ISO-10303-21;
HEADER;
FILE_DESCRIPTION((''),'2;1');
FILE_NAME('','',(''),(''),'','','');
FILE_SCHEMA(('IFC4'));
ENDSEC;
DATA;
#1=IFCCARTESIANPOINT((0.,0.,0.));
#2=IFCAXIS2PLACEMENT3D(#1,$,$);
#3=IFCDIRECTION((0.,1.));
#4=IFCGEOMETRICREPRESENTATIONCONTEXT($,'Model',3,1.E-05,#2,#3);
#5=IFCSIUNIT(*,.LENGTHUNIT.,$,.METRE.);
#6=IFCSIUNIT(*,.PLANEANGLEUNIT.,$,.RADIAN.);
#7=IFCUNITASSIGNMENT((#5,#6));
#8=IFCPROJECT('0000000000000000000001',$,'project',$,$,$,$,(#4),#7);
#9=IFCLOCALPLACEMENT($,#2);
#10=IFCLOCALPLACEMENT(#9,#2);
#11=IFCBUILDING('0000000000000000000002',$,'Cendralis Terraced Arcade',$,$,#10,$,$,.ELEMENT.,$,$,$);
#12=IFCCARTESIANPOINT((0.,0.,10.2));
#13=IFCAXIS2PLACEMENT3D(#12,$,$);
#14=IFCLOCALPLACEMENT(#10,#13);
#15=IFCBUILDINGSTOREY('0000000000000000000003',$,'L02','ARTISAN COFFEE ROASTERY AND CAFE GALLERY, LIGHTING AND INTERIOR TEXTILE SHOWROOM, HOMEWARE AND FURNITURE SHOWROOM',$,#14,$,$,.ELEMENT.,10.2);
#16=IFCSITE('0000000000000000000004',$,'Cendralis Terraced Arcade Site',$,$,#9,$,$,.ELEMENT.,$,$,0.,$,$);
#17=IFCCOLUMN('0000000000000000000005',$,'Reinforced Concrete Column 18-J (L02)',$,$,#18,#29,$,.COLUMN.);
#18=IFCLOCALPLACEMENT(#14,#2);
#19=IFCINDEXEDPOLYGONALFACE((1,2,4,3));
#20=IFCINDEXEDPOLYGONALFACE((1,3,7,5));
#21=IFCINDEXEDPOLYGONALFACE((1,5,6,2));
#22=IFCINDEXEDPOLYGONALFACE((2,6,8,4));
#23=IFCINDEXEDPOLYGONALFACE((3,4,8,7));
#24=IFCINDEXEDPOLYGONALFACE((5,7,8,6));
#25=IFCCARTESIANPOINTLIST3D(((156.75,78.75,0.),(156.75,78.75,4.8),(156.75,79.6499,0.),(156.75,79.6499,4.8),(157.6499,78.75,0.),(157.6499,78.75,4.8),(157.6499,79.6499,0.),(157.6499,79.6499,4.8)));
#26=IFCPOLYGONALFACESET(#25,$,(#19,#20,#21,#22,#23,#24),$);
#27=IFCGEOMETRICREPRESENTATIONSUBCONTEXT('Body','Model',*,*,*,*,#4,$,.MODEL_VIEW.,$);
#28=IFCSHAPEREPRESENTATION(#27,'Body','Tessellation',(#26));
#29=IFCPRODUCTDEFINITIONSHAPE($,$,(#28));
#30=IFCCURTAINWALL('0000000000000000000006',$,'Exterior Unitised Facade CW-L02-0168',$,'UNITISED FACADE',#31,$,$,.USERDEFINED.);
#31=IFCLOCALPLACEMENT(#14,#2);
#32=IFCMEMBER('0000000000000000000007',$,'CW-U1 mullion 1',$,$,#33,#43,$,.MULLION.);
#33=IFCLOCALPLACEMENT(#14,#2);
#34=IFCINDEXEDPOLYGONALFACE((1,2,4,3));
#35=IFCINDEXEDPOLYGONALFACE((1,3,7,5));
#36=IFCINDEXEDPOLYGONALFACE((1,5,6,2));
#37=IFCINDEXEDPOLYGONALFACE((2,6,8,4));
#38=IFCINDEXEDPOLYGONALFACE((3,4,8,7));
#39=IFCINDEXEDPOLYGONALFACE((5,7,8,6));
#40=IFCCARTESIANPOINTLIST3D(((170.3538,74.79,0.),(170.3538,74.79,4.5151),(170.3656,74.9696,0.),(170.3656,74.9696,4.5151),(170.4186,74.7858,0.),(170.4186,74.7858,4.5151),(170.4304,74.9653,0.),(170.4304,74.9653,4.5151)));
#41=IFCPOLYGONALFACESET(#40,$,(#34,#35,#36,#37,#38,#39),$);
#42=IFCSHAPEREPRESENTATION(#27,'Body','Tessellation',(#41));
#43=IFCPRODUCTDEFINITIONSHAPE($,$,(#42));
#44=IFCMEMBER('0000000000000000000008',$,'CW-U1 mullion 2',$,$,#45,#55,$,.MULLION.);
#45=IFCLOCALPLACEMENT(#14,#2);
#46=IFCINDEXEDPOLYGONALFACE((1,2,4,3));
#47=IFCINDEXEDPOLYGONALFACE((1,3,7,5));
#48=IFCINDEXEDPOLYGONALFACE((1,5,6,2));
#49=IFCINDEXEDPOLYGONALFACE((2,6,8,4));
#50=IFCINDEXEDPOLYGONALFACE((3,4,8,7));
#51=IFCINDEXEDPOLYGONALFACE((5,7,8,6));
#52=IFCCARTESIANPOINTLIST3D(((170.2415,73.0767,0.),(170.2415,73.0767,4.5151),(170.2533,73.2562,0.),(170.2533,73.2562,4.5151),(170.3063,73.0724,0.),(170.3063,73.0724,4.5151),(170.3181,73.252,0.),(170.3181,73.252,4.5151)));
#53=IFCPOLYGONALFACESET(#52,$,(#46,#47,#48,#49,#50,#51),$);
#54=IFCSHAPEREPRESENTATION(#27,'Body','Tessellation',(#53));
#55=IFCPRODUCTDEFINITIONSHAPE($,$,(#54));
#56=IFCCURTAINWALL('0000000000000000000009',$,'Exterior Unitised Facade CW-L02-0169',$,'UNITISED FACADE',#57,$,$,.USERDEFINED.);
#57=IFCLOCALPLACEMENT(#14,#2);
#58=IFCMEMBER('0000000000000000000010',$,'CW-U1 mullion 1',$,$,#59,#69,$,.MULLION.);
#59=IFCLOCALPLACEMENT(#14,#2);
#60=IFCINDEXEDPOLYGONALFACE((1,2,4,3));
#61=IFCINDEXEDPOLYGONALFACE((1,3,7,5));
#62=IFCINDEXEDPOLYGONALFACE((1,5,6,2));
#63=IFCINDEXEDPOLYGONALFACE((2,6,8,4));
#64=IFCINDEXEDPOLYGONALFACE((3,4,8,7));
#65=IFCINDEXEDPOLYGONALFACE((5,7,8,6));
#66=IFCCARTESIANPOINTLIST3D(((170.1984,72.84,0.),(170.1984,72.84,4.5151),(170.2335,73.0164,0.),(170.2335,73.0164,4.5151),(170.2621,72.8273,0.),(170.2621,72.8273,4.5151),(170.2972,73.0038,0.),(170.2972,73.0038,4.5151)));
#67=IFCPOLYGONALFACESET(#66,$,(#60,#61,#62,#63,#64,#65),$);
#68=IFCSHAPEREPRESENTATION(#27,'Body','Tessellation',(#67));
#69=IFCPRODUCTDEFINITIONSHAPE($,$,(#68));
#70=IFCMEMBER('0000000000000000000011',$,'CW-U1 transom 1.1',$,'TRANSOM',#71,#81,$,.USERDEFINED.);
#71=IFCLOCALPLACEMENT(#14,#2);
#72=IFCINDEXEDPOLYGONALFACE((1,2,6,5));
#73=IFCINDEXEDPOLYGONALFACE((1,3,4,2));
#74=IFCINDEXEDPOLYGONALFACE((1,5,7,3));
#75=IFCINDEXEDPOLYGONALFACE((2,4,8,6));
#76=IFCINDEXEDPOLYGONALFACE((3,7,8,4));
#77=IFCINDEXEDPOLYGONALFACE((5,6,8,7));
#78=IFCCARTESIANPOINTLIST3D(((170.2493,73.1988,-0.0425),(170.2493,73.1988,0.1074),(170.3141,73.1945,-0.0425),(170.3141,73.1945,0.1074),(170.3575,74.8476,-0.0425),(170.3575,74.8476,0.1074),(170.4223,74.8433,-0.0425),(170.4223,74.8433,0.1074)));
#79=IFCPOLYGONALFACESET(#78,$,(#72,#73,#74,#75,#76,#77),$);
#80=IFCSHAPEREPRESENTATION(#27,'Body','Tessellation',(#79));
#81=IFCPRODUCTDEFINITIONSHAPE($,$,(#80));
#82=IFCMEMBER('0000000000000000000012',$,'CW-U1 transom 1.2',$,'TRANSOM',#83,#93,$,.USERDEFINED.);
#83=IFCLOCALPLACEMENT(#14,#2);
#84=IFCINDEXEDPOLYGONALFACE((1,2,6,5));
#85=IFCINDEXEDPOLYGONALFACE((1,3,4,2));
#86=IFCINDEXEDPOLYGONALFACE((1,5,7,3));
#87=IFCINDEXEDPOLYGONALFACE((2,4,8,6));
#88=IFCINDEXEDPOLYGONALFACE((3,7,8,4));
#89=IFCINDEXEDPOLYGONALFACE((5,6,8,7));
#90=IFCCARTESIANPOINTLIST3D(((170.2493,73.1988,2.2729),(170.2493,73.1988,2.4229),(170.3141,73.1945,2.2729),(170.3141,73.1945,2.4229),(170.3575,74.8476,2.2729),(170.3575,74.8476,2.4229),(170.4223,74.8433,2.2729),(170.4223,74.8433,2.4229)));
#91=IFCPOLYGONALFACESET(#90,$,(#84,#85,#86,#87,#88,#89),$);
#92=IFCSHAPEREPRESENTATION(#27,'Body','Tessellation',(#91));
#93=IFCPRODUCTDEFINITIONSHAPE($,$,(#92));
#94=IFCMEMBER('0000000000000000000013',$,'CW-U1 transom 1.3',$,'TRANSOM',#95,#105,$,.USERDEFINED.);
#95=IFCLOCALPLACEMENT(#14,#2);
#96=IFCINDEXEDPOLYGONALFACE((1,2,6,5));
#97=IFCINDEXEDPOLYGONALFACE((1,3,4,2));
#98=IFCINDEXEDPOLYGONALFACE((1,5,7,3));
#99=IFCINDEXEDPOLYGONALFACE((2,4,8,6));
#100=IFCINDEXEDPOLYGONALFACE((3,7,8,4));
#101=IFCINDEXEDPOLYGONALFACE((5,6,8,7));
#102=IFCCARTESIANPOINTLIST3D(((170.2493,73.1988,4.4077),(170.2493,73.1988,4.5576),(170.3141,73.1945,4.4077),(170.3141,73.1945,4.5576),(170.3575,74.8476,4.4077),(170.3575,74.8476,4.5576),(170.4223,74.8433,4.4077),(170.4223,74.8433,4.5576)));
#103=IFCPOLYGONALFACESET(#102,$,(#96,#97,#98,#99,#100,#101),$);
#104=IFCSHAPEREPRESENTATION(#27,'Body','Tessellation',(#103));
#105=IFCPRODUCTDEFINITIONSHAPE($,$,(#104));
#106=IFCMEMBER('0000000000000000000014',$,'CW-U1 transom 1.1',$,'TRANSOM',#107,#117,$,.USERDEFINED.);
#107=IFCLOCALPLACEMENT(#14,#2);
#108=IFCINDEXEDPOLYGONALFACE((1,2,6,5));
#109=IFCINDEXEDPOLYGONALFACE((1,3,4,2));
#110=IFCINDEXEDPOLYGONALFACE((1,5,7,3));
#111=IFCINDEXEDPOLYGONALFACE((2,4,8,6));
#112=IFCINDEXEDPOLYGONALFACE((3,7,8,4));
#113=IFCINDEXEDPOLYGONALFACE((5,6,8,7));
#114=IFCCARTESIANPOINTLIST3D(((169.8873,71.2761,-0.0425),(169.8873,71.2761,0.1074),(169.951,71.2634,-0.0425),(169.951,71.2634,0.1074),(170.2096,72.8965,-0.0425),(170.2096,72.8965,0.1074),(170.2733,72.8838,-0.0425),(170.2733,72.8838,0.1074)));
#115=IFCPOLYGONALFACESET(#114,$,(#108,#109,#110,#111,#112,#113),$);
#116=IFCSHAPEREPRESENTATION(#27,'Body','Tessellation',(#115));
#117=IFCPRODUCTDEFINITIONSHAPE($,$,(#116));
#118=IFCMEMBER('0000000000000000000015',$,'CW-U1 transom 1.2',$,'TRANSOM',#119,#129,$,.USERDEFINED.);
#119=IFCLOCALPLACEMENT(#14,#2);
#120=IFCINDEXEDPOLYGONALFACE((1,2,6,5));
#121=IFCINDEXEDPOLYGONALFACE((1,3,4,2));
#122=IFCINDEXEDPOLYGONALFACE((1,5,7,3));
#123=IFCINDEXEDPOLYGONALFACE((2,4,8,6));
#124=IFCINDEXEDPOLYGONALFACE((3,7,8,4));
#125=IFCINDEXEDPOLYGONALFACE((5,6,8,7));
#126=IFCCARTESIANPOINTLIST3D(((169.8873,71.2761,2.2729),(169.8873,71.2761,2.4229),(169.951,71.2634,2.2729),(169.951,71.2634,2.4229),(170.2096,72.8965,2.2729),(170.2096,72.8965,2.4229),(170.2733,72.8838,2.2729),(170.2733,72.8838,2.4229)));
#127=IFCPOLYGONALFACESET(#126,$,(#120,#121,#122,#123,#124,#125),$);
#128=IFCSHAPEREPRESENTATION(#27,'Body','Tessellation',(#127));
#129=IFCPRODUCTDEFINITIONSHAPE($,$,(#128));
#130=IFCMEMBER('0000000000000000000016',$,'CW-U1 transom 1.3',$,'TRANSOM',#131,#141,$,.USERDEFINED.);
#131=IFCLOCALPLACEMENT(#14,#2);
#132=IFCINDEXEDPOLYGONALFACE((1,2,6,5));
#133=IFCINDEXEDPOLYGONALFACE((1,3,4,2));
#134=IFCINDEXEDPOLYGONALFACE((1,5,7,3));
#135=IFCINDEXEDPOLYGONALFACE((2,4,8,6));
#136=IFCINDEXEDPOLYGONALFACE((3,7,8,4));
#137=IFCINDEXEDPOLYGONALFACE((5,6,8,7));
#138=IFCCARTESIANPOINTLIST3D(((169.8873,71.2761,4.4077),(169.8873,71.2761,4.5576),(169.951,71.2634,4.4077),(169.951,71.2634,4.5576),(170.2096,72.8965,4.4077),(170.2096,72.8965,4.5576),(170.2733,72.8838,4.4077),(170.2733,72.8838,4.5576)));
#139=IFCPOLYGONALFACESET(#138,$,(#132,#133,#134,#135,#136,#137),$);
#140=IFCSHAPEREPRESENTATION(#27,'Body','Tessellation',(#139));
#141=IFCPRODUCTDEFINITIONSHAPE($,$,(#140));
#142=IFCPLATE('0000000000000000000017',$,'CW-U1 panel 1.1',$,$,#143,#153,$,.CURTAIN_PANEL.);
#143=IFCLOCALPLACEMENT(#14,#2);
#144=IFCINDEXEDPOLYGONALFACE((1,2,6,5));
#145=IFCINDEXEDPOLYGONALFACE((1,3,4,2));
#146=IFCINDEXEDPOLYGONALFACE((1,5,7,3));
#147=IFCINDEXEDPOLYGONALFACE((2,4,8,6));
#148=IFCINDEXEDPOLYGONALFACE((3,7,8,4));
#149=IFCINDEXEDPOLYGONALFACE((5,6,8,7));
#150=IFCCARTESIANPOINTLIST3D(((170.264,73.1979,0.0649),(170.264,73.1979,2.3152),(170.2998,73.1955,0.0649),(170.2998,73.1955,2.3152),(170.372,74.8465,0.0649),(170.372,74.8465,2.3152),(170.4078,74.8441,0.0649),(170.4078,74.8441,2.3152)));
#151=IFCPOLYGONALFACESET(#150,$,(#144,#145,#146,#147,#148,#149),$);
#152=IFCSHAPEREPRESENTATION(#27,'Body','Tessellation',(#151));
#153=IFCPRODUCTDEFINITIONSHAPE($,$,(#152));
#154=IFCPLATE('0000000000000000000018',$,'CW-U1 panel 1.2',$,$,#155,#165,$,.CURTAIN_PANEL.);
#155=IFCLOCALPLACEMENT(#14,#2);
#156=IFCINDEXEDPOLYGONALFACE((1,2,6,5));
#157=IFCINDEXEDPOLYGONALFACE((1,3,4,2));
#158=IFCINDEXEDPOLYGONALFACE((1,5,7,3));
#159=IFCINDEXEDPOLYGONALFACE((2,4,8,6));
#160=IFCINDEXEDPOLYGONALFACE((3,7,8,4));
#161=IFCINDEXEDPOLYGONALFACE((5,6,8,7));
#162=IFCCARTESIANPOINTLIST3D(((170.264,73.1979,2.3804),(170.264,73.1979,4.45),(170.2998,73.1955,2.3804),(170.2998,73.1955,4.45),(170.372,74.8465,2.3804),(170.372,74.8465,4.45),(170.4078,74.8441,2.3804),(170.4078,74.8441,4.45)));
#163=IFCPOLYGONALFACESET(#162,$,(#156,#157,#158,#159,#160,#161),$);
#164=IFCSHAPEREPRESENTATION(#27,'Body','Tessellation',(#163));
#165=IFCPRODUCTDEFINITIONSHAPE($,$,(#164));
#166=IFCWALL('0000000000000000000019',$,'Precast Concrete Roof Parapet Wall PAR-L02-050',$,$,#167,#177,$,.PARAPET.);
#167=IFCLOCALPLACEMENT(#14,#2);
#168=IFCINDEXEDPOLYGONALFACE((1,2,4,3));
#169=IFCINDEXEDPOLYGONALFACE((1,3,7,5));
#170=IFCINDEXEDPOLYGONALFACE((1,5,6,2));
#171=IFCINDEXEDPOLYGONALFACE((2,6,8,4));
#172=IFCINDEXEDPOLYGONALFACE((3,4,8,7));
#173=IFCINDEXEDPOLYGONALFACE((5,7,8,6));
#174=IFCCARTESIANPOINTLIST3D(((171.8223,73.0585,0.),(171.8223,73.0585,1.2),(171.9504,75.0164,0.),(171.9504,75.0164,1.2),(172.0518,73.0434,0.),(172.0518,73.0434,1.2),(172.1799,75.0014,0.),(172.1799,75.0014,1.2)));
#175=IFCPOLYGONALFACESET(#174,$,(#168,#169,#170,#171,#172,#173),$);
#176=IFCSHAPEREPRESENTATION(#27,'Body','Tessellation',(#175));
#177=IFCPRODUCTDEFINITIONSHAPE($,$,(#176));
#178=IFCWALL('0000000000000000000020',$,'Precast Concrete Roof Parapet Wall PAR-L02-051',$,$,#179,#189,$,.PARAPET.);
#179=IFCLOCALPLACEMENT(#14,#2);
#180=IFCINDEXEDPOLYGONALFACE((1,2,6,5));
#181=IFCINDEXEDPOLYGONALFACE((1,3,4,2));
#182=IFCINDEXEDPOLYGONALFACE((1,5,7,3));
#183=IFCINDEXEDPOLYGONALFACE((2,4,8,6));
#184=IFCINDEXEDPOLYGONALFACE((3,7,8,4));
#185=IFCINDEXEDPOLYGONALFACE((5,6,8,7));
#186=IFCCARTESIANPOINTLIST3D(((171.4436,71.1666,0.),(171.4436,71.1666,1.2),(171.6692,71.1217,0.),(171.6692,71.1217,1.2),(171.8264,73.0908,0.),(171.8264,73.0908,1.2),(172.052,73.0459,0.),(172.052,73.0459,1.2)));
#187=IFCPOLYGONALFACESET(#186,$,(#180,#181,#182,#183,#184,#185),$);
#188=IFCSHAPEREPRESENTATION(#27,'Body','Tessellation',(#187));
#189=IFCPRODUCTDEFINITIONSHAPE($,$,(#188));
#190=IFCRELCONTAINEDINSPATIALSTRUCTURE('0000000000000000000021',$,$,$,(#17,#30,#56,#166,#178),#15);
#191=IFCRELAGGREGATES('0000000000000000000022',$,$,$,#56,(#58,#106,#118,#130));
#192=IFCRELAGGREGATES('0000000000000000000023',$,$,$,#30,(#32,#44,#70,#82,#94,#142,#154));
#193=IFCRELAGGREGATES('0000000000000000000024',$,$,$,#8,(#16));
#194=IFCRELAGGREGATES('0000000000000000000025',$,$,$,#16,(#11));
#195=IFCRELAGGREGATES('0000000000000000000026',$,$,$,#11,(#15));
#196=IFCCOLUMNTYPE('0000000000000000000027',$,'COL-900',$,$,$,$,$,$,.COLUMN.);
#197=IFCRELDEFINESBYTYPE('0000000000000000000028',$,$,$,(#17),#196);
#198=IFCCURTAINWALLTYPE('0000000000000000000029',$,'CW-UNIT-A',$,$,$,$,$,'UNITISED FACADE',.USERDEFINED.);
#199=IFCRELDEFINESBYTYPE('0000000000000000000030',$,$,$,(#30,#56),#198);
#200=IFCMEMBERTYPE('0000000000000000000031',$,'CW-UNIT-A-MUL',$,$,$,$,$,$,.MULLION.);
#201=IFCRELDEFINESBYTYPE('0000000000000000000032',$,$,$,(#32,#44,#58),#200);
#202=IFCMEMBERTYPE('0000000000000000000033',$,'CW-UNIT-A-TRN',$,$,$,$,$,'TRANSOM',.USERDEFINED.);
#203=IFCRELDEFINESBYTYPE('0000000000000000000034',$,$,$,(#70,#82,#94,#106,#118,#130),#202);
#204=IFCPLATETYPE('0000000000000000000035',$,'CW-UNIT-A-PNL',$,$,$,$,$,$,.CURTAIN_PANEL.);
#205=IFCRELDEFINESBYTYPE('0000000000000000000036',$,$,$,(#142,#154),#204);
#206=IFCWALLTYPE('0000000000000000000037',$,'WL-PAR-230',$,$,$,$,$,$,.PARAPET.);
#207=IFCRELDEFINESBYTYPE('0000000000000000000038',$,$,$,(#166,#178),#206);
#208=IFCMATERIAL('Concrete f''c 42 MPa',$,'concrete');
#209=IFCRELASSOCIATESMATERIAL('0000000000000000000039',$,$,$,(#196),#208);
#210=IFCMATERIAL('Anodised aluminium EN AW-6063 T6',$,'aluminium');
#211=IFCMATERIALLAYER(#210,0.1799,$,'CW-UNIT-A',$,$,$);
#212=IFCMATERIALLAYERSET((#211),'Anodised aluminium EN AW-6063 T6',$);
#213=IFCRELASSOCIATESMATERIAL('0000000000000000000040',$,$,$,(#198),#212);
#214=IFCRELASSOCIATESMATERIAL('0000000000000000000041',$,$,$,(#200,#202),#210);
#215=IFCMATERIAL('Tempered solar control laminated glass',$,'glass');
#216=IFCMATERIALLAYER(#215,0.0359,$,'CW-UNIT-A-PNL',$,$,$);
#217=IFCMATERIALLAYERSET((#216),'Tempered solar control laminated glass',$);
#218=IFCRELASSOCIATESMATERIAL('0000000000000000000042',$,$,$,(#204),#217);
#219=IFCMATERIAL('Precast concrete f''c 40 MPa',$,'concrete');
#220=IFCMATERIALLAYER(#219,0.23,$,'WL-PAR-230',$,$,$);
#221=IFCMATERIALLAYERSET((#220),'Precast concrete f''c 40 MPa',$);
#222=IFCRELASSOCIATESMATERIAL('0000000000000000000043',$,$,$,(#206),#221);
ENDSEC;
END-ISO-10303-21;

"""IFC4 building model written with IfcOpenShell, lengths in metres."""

from ifc_helpers import new_model, si_unit, direction, frame, frame_2d, origin, origin_2d, place, context, subcontext, project, spatial, rectangle, extrude, material, layer, layer_set, material_profile, profile_set, type_object, element, aggregate, save


model = new_model("IFC4")

# Units and contexts
model_context = context("Model", 3, precision=1e-05, world=origin(), true_north=direction((0.0, 1.0)))
body_context = subcontext(model_context, "Body", "Model", "MODEL_VIEW")
ifc_project = project(units=[si_unit("LENGTHUNIT", "METRE"), si_unit("PLANEANGLEUNIT", "RADIAN")], contexts=[model_context])

# Site, building, storey
site_placement = place(None, origin())
site = spatial("IfcSite", under=ifc_project, at=site_placement, Name="Cendralis Terraced Arcade Site", CompositionType="ELEMENT", RefElevation=0.0)
building_placement = place(site_placement, origin())
building = spatial("IfcBuilding", under=site, at=building_placement, Name="Cendralis Terraced Arcade", CompositionType="ELEMENT")
storey_placement = place(building_placement, frame((0.0, 0.0, 10.2)))
storey = spatial("IfcBuildingStorey", under=building, at=storey_placement, Name="L02", Description="ARTISAN COFFEE ROASTERY AND CAFE GALLERY, LIGHTING AND INTERIOR TEXTILE SHOWROOM, HOMEWARE AND FURNITURE SHOWROOM", CompositionType="ELEMENT", Elevation=10.2)

# Column
ifc_material_1 = material(Name="Concrete f'c 42 MPa", Category="concrete")
ifc_material_profile_1 = material_profile(ifc_material_1, rectangle(XDim=0.8999, YDim=0.8999, at=origin_2d()), Name="RC-COL-900x900", Category="LoadBearing")
ifc_profile_set_1 = profile_set([ifc_material_profile_1], Name="Concrete f'c 42 MPa")
column_type = type_object("IfcColumnType", Name="COL-900", PredefinedType="COLUMN", material=ifc_profile_set_1)
column_placement = place(storey_placement, frame((157.2, 79.2, 0.0), z_axis=(0.0, 0.0, 1.0), x_axis=(1.0, 0.0, 0.0)))
element("IfcColumn", 1, at=column_placement, inside=storey, type_object=column_type, Name="Reinforced Concrete Column 18-J (L02)", PredefinedType="COLUMN", context=body_context, shape_type="SweptSolid", body=[
    extrude(rectangle(XDim=0.8999, YDim=0.8999, at=origin_2d()), origin(), (0.0, 0.0, 1.0), 4.8),
])

# Curtain wall, members
ifc_material_2 = material(Name="Anodised aluminium EN AW-6063 T6", Category="aluminium")
ifc_layer_1 = layer(ifc_material_2, 0.1799, Name="CW-UNIT-A")
ifc_layer_set_1 = layer_set([ifc_layer_1], Name="Anodised aluminium EN AW-6063 T6")
curtain_wall_type = type_object("IfcCurtainWallType", Name="CW-UNIT-A", ElementType="UNITISED FACADE", PredefinedType="USERDEFINED", material=ifc_layer_set_1)
curtain_wall_1_placement = place(storey_placement, origin())
curtain_wall_1 = element("IfcCurtainWall", 2, at=curtain_wall_1_placement, inside=storey, type_object=curtain_wall_type, Name="Exterior Unitised Facade CW-L02-0168", ObjectType="UNITISED FACADE", PredefinedType="USERDEFINED")
ifc_material_profile_2 = material_profile(ifc_material_2, rectangle(XDim=0.0649, YDim=0.1799, at=origin_2d()), Name="ALU-MUL-65x180")
ifc_profile_set_2 = profile_set([ifc_material_profile_2], Name="Anodised aluminium EN AW-6063 T6")
member_type_1 = type_object("IfcMemberType", Name="CW-UNIT-A-MUL", PredefinedType="MULLION", material=ifc_profile_set_2)
member_1_placement = place(storey_placement, frame((170.3921, 74.8777, 0.0), z_axis=(0.0, 0.0, 1.0), x_axis=(0.997861, -0.065372, 0.0)))
member_1 = element("IfcMember", 3, at=member_1_placement, type_object=member_type_1, Name="CW-U1 mullion 1", PredefinedType="MULLION", context=body_context, shape_type="SweptSolid", body=[
    extrude(rectangle(XDim=0.0649, YDim=0.1799, at=origin_2d()), origin(), (0.0, 0.0, 1.0), 4.5151),
])
member_2_placement = place(storey_placement, frame((170.2798, 73.1643, 0.0), z_axis=(0.0, 0.0, 1.0), x_axis=(0.997861, -0.065372, 0.0)))
member_2 = element("IfcMember", 4, at=member_2_placement, type_object=member_type_1, Name="CW-U1 mullion 2", PredefinedType="MULLION", context=body_context, shape_type="SweptSolid", body=[
    extrude(rectangle(XDim=0.0649, YDim=0.1799, at=origin_2d()), origin(), (0.0, 0.0, 1.0), 4.5151),
])

# Curtain wall, member
curtain_wall_2_placement = place(storey_placement, origin())
curtain_wall_2 = element("IfcCurtainWall", 5, at=curtain_wall_2_placement, inside=storey, type_object=curtain_wall_type, Name="Exterior Unitised Facade CW-L02-0169", ObjectType="UNITISED FACADE", PredefinedType="USERDEFINED")
member_3_placement = place(storey_placement, frame((170.2478, 72.9219, 0.0), z_axis=(0.0, 0.0, 1.0), x_axis=(0.980792, -0.195058, 0.0)))
member_3 = element("IfcMember", 6, at=member_3_placement, type_object=member_type_1, Name="CW-U1 mullion 1", PredefinedType="MULLION", context=body_context, shape_type="SweptSolid", body=[
    extrude(rectangle(XDim=0.0649, YDim=0.1799, at=origin_2d()), origin(), (0.0, 0.0, 1.0), 4.5151),
])

# Members
ifc_material_profile_3 = material_profile(ifc_material_2, rectangle(XDim=0.0649, YDim=0.1499, at=origin_2d()), Name="ALU-TRN-65x150")
ifc_profile_set_3 = profile_set([ifc_material_profile_3], Name="Anodised aluminium EN AW-6063 T6")
member_type_2 = type_object("IfcMemberType", Name="CW-UNIT-A-TRN", ElementType="TRANSOM", PredefinedType="USERDEFINED", material=ifc_profile_set_3)
member_4_placement = place(storey_placement, frame((170.3899, 74.8455, 0.0325), z_axis=(-0.06546, -0.997855, 0.0), x_axis=(0.997855, -0.06546, 0.0)))
member_4 = element("IfcMember", 7, at=member_4_placement, type_object=member_type_2, Name="CW-U1 transom 1.1", ObjectType="TRANSOM", PredefinedType="USERDEFINED", context=body_context, shape_type="SweptSolid", body=[
    extrude(rectangle(XDim=0.0649, YDim=0.1499, at=origin_2d()), origin(), (0.0, 0.0, 1.0), 1.6523),
])
member_5_placement = place(storey_placement, frame((170.3899, 74.8455, 2.3479), z_axis=(-0.06546, -0.997855, 0.0), x_axis=(0.997855, -0.06546, 0.0)))
member_5 = element("IfcMember", 8, at=member_5_placement, type_object=member_type_2, Name="CW-U1 transom 1.2", ObjectType="TRANSOM", PredefinedType="USERDEFINED", context=body_context, shape_type="SweptSolid", body=[
    extrude(rectangle(XDim=0.0649, YDim=0.1499, at=origin_2d()), origin(), (0.0, 0.0, 1.0), 1.6523),
])
member_6_placement = place(storey_placement, frame((170.3899, 74.8455, 4.4827), z_axis=(-0.06546, -0.997855, 0.0), x_axis=(0.997855, -0.06546, 0.0)))
member_6 = element("IfcMember", 9, at=member_6_placement, type_object=member_type_2, Name="CW-U1 transom 1.3", ObjectType="TRANSOM", PredefinedType="USERDEFINED", context=body_context, shape_type="SweptSolid", body=[
    extrude(rectangle(XDim=0.0649, YDim=0.1499, at=origin_2d()), origin(), (0.0, 0.0, 1.0), 1.6523),
])
member_7_placement = place(storey_placement, frame((170.2415, 72.8901, 0.0325), z_axis=(-0.195065, -0.98079, 0.0), x_axis=(0.98079, -0.195065, 0.0)))
member_7 = element("IfcMember", 10, at=member_7_placement, type_object=member_type_2, Name="CW-U1 transom 1.1", ObjectType="TRANSOM", PredefinedType="USERDEFINED", context=body_context, shape_type="SweptSolid", body=[
    extrude(rectangle(XDim=0.0649, YDim=0.1499, at=origin_2d()), origin(), (0.0, 0.0, 1.0), 1.6521),
])
member_8_placement = place(storey_placement, frame((170.2415, 72.8901, 2.3479), z_axis=(-0.195065, -0.98079, 0.0), x_axis=(0.98079, -0.195065, 0.0)))
member_8 = element("IfcMember", 11, at=member_8_placement, type_object=member_type_2, Name="CW-U1 transom 1.2", ObjectType="TRANSOM", PredefinedType="USERDEFINED", context=body_context, shape_type="SweptSolid", body=[
    extrude(rectangle(XDim=0.0649, YDim=0.1499, at=origin_2d()), origin(), (0.0, 0.0, 1.0), 1.6521),
])
member_9_placement = place(storey_placement, frame((170.2415, 72.8901, 4.4827), z_axis=(-0.195065, -0.98079, 0.0), x_axis=(0.98079, -0.195065, 0.0)))
member_9 = element("IfcMember", 12, at=member_9_placement, type_object=member_type_2, Name="CW-U1 transom 1.3", ObjectType="TRANSOM", PredefinedType="USERDEFINED", context=body_context, shape_type="SweptSolid", body=[
    extrude(rectangle(XDim=0.0649, YDim=0.1499, at=origin_2d()), origin(), (0.0, 0.0, 1.0), 1.6521),
])
aggregate(curtain_wall_2, [member_3, member_7, member_8, member_9])

# Plates
ifc_material_3 = material(Name="Tempered solar control laminated glass", Category="glass")
ifc_layer_2 = layer(ifc_material_3, 0.0359, Name="CW-UNIT-A-PNL")
ifc_layer_set_2 = layer_set([ifc_layer_2], Name="Tempered solar control laminated glass")
plate_type = type_object("IfcPlateType", Name="CW-UNIT-A-PNL", PredefinedType="CURTAIN_PANEL", material=ifc_layer_set_2)
plate_1_placement = place(storey_placement, frame((170.3359, 74.021, 0.0649), z_axis=(0.0, 0.0, 1.0), x_axis=(-0.065372, -0.997861, 0.0)))
plate_1 = element("IfcPlate", 13, at=plate_1_placement, type_object=plate_type, Name="CW-U1 panel 1.1", PredefinedType="CURTAIN_PANEL", context=body_context, shape_type="SweptSolid", body=[
    extrude(rectangle(XDim=1.6521, YDim=0.0359, at=origin_2d()), origin(), (0.0, 0.0, 1.0), 2.2502),
])
plate_2_placement = place(storey_placement, frame((170.3359, 74.021, 2.3804), z_axis=(0.0, 0.0, 1.0), x_axis=(-0.065372, -0.997861, 0.0)))
plate_2 = element("IfcPlate", 14, at=plate_2_placement, type_object=plate_type, Name="CW-U1 panel 1.2", PredefinedType="CURTAIN_PANEL", context=body_context, shape_type="SweptSolid", body=[
    extrude(rectangle(XDim=1.6521, YDim=0.0359, at=origin_2d()), origin(), (0.0, 0.0, 1.0), 2.0696),
])
aggregate(curtain_wall_1, [member_1, member_2, member_4, member_5, member_6, plate_1, plate_2])

# Walls
ifc_material_4 = material(Name="Precast concrete f'c 40 MPa", Category="concrete")
ifc_layer_3 = layer(ifc_material_4, 0.23, Name="WL-PAR-230")
ifc_layer_set_3 = layer_set([ifc_layer_3], Name="Precast concrete f'c 40 MPa")
wall_type = type_object("IfcWallType", Name="WL-PAR-230", PredefinedType="PARAPET", material=ifc_layer_set_3)
wall_1_placement = place(storey_placement, frame((172.0652, 75.0088, 0.0), z_axis=(0.0, 0.0, 1.0), x_axis=(-0.065322, -0.997864, 0.0)))
element("IfcWall", 15, at=wall_1_placement, inside=storey, type_object=wall_type, Name="Precast Concrete Roof Parapet Wall PAR-L02-050", PredefinedType="PARAPET", context=body_context, shape_type="SweptSolid", body=[
    extrude(rectangle(XDim=1.9622, YDim=0.23, at=frame_2d((0.981, 0.0))), origin(), (0.0, 0.0, 1.0), 1.2),
])
wall_2_placement = place(storey_placement, frame((171.9392, 73.0684, 0.0), z_axis=(0.0, 0.0, 1.0), x_axis=(-0.195111, -0.980781, 0.0)))
element("IfcWall", 16, at=wall_2_placement, inside=storey, type_object=wall_type, Name="Precast Concrete Roof Parapet Wall PAR-L02-051", PredefinedType="PARAPET", context=body_context, shape_type="SweptSolid", body=[
    extrude(rectangle(XDim=1.9619, YDim=0.23, at=frame_2d((0.981, 0.0))), origin(), (0.0, 0.0, 1.0), 1.2),
])

save(model, "model.ifc")
